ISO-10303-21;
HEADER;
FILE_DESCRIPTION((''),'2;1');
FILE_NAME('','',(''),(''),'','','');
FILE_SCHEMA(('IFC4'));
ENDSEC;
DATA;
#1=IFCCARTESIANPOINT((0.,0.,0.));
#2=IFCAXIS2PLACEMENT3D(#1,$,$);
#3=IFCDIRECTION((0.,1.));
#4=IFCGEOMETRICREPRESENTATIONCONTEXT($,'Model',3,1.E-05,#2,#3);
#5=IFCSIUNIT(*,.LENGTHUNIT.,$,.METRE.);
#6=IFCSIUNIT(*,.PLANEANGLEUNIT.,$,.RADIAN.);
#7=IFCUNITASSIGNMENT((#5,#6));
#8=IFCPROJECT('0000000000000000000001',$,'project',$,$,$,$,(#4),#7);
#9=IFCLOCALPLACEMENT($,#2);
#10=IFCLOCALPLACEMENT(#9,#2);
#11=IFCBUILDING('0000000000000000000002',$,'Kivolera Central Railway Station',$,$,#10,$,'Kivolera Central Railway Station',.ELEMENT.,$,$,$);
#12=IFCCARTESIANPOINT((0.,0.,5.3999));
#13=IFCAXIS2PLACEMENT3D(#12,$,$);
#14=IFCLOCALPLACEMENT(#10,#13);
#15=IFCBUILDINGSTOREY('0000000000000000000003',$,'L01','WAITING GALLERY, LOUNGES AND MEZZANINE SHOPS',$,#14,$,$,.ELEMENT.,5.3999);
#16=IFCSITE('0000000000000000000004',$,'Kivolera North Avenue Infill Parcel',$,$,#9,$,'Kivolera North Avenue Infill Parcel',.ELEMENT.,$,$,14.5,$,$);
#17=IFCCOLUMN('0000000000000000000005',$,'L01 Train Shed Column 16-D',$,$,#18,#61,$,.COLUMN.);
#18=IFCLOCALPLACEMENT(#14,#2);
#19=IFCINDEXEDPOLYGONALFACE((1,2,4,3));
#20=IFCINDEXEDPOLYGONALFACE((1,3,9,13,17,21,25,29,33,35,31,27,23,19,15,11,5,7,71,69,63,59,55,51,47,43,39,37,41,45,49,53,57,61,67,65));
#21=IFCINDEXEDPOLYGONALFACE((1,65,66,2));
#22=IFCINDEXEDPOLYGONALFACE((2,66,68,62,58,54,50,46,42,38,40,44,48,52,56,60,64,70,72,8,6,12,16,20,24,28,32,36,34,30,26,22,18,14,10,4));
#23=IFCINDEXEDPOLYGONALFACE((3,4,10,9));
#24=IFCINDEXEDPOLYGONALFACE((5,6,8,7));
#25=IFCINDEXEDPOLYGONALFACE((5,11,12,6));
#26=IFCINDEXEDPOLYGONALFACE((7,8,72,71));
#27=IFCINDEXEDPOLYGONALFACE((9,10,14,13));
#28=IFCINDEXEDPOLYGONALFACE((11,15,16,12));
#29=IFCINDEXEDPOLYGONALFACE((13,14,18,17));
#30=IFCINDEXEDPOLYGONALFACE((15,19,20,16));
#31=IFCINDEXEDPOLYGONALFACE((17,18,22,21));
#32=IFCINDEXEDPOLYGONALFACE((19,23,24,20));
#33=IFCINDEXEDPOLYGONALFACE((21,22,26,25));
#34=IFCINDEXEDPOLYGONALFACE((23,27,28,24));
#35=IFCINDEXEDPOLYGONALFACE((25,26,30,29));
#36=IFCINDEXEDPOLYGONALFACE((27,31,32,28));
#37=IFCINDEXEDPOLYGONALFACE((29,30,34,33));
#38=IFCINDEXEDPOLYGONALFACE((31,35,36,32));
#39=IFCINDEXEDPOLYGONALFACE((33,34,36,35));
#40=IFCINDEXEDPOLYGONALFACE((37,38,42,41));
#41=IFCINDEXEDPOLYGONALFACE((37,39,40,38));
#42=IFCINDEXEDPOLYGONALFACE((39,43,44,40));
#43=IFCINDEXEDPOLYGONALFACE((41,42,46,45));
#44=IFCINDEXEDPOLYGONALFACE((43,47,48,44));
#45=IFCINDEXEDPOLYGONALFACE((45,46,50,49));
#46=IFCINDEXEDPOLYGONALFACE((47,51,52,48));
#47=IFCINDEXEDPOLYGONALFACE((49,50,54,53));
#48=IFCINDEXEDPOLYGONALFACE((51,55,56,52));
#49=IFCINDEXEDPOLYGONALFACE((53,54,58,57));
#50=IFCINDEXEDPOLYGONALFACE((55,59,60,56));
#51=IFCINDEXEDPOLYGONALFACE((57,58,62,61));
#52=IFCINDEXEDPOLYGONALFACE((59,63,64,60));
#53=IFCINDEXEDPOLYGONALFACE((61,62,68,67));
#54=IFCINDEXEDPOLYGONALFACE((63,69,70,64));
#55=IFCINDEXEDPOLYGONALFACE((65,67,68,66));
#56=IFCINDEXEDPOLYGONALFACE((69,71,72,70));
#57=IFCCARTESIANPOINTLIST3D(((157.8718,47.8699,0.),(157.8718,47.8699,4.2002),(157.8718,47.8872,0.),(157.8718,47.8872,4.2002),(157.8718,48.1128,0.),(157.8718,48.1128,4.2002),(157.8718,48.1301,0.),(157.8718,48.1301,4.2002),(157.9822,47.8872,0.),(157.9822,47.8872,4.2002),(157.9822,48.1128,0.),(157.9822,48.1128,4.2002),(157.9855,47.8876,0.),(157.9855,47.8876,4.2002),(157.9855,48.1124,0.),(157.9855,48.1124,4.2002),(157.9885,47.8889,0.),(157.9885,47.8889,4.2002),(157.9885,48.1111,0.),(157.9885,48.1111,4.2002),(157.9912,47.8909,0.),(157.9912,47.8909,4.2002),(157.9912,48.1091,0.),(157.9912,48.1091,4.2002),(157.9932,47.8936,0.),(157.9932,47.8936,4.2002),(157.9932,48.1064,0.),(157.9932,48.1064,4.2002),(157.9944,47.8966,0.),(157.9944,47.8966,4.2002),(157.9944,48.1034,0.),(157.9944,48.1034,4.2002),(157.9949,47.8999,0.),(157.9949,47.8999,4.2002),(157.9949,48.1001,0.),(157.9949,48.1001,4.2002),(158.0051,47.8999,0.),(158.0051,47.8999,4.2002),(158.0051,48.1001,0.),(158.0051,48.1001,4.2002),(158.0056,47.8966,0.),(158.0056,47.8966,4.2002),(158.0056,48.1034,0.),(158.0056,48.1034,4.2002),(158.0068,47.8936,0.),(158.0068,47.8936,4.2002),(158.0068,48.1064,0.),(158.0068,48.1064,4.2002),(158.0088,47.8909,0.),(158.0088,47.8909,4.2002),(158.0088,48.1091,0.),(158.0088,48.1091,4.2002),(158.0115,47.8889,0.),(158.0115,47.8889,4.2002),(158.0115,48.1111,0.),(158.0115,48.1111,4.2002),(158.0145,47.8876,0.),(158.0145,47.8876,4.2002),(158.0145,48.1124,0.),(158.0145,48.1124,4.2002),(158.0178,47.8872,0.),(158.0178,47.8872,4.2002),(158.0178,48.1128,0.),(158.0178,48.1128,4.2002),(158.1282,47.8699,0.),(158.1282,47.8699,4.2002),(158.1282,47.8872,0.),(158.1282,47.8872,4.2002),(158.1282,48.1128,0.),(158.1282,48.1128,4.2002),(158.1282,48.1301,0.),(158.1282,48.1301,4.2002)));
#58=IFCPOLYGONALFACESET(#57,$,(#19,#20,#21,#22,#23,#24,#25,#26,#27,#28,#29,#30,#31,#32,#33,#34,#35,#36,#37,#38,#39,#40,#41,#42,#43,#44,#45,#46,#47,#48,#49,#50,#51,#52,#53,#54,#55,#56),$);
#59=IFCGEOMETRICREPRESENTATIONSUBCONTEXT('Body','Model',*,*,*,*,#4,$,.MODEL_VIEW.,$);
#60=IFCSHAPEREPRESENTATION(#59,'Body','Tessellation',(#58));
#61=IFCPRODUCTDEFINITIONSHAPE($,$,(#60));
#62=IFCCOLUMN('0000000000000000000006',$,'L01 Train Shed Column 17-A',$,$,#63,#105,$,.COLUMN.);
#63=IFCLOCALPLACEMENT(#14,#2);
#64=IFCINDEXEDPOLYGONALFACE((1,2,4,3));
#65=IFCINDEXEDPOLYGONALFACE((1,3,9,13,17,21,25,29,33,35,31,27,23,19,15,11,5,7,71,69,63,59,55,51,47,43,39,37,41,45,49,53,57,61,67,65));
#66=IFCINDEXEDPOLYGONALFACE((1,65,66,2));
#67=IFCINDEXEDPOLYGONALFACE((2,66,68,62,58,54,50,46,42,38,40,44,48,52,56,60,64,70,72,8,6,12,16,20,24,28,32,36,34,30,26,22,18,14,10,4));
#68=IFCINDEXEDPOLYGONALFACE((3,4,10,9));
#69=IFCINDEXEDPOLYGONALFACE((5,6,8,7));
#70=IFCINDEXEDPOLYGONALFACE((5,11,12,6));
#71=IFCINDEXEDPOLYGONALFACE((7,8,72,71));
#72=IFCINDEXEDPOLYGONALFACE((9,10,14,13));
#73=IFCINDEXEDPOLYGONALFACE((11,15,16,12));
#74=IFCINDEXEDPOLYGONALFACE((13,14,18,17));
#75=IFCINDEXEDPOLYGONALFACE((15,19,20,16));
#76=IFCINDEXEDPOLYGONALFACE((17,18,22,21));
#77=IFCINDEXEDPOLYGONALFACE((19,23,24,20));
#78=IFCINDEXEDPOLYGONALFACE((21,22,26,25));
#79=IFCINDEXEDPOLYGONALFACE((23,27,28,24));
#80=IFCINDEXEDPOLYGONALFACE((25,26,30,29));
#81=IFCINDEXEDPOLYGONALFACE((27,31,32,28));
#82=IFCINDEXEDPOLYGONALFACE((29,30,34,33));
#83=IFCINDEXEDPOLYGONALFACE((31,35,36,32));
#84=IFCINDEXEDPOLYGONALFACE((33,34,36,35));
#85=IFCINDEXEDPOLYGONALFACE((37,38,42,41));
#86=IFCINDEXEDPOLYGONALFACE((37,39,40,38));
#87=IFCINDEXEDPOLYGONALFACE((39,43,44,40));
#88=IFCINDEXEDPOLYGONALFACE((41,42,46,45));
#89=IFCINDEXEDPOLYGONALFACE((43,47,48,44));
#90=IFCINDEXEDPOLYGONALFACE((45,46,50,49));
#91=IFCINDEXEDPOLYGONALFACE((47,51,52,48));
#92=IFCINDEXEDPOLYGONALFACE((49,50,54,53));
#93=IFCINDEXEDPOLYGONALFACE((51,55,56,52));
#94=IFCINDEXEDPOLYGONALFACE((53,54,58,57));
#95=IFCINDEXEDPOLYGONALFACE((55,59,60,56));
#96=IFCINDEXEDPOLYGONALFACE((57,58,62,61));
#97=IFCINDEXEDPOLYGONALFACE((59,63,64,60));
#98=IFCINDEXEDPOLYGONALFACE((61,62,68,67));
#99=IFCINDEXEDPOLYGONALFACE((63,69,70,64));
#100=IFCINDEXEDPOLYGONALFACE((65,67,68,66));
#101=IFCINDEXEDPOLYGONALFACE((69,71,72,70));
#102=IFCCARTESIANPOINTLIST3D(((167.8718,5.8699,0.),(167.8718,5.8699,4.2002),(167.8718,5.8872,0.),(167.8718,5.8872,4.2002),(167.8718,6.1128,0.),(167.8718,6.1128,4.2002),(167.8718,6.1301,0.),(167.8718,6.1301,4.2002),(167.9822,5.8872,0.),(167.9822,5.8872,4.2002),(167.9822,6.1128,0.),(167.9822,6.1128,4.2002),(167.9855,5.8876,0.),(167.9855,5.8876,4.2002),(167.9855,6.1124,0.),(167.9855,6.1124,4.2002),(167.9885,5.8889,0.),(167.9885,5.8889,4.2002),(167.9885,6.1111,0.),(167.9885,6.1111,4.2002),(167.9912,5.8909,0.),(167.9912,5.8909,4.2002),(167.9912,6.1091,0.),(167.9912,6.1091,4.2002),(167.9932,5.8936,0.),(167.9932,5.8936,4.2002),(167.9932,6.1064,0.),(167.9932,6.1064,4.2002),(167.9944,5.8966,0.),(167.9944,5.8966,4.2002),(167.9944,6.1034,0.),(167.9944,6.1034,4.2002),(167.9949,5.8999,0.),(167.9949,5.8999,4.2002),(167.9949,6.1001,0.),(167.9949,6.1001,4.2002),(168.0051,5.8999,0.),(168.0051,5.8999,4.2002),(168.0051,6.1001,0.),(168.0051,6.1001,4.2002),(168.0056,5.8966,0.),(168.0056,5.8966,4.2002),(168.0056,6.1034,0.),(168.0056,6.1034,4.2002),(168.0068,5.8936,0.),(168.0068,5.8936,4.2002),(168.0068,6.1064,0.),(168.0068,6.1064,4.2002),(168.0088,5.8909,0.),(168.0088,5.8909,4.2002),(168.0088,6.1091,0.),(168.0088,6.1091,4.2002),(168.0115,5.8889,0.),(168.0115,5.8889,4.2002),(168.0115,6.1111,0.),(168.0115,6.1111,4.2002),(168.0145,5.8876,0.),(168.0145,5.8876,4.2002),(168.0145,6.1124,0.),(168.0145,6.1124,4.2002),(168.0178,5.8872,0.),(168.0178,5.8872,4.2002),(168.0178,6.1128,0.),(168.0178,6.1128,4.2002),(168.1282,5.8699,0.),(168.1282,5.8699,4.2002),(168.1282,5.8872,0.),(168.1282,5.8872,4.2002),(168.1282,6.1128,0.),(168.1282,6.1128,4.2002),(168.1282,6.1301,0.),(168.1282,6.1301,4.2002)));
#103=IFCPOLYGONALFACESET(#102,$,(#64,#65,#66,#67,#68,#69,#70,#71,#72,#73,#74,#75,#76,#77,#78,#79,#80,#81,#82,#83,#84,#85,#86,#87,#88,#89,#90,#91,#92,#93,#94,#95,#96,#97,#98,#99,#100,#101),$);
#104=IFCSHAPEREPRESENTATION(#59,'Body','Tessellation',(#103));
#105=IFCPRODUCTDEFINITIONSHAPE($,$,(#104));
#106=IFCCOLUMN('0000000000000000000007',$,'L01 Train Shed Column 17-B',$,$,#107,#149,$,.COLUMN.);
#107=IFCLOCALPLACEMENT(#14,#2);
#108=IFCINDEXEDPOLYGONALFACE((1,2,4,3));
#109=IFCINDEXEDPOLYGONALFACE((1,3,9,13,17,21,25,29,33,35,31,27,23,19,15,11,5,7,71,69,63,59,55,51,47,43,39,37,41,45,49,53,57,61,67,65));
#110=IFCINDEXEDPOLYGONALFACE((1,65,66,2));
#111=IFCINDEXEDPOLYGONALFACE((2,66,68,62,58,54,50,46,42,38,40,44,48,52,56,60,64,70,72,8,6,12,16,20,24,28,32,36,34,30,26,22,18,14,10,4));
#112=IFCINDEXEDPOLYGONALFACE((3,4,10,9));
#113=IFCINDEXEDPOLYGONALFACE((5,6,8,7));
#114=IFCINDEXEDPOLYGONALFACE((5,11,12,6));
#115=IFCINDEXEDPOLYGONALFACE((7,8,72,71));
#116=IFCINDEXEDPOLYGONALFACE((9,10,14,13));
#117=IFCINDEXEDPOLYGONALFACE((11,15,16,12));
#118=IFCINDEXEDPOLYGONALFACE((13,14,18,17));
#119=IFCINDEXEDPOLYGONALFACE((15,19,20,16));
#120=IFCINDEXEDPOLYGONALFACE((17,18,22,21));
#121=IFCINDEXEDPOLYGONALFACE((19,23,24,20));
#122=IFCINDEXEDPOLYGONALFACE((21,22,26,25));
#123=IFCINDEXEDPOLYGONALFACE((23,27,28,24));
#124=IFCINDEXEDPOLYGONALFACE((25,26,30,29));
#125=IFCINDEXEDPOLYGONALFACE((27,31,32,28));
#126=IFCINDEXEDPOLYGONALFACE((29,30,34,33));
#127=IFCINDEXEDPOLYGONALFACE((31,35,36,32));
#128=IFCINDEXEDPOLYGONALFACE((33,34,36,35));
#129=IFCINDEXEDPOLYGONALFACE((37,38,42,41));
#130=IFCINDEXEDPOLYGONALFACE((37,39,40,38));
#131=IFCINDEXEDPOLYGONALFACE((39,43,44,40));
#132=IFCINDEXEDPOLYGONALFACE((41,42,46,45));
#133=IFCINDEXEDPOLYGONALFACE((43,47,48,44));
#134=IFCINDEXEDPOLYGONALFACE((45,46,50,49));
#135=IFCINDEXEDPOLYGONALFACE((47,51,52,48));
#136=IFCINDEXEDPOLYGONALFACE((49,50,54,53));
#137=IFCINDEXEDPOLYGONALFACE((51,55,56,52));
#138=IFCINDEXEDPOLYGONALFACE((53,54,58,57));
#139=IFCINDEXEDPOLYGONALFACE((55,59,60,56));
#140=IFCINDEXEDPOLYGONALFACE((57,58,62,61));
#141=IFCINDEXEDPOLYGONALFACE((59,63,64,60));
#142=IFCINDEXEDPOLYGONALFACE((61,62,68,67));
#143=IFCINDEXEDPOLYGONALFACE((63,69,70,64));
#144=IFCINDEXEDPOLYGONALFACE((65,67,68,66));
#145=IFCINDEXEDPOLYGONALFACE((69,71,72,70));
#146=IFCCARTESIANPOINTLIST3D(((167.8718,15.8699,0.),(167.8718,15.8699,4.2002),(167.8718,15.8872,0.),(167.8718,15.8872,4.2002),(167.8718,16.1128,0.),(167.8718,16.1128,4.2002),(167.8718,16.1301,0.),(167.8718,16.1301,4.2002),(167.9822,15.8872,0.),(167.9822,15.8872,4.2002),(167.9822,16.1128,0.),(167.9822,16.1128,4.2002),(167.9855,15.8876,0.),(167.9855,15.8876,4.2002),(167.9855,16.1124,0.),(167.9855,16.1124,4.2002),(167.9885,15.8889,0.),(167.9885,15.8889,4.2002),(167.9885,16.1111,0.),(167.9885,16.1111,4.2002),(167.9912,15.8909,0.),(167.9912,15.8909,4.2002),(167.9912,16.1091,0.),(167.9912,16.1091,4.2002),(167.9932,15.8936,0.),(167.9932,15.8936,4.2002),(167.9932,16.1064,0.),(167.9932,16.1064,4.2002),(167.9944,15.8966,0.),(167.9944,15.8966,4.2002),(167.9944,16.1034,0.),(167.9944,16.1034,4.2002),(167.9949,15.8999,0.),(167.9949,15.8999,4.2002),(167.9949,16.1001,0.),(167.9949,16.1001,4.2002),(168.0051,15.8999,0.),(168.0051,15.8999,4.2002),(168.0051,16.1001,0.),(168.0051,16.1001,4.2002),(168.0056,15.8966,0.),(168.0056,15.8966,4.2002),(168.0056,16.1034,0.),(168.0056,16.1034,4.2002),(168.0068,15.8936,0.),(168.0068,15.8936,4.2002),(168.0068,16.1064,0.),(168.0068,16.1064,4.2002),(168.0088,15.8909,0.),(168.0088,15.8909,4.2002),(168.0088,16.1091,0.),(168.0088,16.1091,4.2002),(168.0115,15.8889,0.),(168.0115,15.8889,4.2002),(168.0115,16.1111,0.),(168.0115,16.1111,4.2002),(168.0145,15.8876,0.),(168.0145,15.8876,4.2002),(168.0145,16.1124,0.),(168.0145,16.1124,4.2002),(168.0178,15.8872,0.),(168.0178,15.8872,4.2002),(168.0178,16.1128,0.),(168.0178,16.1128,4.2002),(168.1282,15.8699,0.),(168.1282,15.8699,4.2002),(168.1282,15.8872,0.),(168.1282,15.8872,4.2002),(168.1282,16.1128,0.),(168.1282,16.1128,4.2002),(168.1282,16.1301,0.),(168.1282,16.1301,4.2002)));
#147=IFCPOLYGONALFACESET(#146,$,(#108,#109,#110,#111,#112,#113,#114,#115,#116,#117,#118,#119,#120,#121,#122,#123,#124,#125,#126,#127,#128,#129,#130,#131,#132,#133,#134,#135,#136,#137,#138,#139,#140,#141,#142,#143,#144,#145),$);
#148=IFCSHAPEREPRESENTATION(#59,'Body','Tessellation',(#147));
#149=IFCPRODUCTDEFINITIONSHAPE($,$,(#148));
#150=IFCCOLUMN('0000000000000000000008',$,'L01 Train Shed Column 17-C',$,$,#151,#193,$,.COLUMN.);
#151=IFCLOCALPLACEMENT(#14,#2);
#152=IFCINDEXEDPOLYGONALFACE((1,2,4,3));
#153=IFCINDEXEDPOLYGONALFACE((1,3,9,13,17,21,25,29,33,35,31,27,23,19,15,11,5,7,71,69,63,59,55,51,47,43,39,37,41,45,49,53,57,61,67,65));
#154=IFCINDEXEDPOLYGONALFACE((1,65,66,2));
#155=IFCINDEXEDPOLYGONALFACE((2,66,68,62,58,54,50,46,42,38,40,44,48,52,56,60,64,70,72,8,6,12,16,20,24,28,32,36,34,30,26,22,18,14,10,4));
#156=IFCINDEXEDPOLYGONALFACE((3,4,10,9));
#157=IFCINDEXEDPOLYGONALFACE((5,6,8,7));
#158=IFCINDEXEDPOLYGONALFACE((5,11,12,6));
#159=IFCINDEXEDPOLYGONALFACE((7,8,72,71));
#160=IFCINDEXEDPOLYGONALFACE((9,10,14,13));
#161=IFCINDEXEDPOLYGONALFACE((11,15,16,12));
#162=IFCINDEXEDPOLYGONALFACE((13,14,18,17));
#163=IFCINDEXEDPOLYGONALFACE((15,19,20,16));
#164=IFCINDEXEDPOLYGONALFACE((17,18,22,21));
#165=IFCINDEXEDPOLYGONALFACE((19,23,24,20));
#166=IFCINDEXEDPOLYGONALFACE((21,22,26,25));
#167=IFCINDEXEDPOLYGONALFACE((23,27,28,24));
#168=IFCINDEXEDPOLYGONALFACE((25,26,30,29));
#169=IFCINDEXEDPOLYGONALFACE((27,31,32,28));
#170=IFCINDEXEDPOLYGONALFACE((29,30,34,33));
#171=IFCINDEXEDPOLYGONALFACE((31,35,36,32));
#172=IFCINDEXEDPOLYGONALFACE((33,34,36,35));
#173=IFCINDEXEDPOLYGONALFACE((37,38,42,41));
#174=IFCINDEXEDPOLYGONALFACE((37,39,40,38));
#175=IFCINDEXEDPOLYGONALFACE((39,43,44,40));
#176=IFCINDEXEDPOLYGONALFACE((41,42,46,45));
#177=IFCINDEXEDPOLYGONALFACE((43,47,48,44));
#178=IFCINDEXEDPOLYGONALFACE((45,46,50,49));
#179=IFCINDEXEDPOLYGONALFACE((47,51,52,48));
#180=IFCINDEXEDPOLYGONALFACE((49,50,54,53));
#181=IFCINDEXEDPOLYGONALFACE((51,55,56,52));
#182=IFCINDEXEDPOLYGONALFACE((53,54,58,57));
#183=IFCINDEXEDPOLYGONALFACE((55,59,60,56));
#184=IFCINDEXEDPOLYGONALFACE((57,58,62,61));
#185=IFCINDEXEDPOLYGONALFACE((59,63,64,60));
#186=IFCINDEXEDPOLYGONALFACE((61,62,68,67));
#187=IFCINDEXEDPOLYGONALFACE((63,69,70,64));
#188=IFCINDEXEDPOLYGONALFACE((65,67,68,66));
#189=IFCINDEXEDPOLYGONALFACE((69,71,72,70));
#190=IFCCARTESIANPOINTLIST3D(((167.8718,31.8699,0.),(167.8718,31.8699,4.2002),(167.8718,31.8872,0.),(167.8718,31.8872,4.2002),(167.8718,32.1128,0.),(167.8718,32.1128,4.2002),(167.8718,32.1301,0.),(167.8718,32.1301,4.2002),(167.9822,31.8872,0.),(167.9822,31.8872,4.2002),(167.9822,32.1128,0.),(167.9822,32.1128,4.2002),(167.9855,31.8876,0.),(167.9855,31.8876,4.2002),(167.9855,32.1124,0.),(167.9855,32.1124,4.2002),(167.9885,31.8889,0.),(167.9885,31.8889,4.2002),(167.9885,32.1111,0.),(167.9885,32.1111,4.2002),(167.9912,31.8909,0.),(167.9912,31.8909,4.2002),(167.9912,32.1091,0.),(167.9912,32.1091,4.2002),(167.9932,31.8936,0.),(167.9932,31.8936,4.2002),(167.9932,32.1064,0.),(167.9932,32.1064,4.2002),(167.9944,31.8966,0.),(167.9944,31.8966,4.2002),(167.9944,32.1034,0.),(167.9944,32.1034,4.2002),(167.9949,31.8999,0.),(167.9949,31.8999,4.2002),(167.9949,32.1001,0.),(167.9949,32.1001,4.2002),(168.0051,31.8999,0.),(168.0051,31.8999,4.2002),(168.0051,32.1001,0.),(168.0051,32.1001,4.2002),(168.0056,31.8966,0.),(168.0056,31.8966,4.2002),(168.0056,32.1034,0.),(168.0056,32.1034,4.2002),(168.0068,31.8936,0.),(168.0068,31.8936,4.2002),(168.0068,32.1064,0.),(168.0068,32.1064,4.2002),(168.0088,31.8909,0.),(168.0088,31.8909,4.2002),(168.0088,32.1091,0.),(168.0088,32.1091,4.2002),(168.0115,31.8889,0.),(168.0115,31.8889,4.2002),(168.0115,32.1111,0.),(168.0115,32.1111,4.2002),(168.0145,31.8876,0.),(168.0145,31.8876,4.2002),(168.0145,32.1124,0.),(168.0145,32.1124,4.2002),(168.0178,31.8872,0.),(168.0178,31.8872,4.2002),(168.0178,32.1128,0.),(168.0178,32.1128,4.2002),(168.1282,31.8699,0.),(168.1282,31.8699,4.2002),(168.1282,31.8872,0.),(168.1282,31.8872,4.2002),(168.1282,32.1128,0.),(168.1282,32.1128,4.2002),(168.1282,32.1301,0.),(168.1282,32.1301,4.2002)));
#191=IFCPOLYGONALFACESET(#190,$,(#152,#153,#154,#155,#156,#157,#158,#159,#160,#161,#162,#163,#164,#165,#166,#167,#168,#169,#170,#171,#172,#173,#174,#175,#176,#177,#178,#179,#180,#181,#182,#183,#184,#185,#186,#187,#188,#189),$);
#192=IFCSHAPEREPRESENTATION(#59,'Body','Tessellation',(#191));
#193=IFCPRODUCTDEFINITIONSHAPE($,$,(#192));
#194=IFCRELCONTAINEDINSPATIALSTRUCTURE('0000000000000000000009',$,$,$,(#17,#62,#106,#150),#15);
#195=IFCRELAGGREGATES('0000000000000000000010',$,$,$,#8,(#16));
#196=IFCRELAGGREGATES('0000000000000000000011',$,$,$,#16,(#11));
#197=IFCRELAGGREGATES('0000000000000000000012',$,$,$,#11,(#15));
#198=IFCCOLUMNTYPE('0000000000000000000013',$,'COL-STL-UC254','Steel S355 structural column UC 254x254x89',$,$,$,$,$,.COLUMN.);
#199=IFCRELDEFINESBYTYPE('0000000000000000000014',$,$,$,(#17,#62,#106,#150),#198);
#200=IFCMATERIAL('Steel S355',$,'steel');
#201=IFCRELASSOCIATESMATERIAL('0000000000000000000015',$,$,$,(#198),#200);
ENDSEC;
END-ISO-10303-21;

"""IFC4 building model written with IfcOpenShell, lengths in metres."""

from ifc_helpers import new_model, si_unit, direction, frame, origin, origin_2d, place, context, subcontext, project, spatial, i_section, extrude, material, material_profile, profile_set, type_object, element, save


model = new_model("IFC4")

# Units and contexts
model_context = context("Model", 3, precision=1e-05, world=origin(), true_north=direction((0.0, 1.0)))
body_context = subcontext(model_context, "Body", "Model", "MODEL_VIEW")
ifc_project = project(units=[si_unit("LENGTHUNIT", "METRE"), si_unit("PLANEANGLEUNIT", "RADIAN")], contexts=[model_context])

# Site, building, storey
site_placement = place(None, origin())
site = spatial("IfcSite", under=ifc_project, at=site_placement, Name="Kivolera North Avenue Infill Parcel", LongName="Kivolera North Avenue Infill Parcel", CompositionType="ELEMENT", RefElevation=14.5)
building_placement = place(site_placement, origin())
building = spatial("IfcBuilding", under=site, at=building_placement, Name="Kivolera Central Railway Station", LongName="Kivolera Central Railway Station", CompositionType="ELEMENT")
storey_placement = place(building_placement, frame((0.0, 0.0, 5.3999)))
storey = spatial("IfcBuildingStorey", under=building, at=storey_placement, Name="L01", Description="WAITING GALLERY, LOUNGES AND MEZZANINE SHOPS", CompositionType="ELEMENT", Elevation=5.3999)

# Columns
ifc_material_1 = material(Name="Steel S355", Category="steel")
ifc_material_profile_1 = material_profile(ifc_material_1, i_section(OverallWidth=0.2563, OverallDepth=0.2603, WebThickness=0.0103, FlangeThickness=0.0173, FilletRadius=0.0127, at=origin_2d()), Name="UC 254x254x89")
ifc_profile_set_1 = profile_set([ifc_material_profile_1], Name="Steel S355")
column_type_1 = type_object("IfcColumnType", Name="COL-STL-UC254", Description="Steel S355 structural column UC 254x254x89", PredefinedType="COLUMN", material=ifc_profile_set_1)
for number, where, z_axis, x_axis, name in (
    (1, (158.0, 48.0, 0.0), (0.0, 0.0, 1.0), (1.0, 0.0, 0.0), "L01 Train Shed Column 16-D"),
    (2, (168.0, 6.0, 0.0), (0.0, 0.0, 1.0), (1.0, 0.0, 0.0), "L01 Train Shed Column 17-A"),
    (3, (168.0, 16.0, 0.0), (0.0, 0.0, 1.0), (1.0, 0.0, 0.0), "L01 Train Shed Column 17-B"),
    (4, (168.0, 32.0, 0.0), (0.0, 0.0, 1.0), (1.0, 0.0, 0.0), "L01 Train Shed Column 17-C"),
):
    element("IfcColumn", number, at=place(storey_placement, frame(where, z_axis=z_axis, x_axis=x_axis)), inside=storey, type_object=column_type_1, Name=name, PredefinedType="COLUMN", context=body_context, shape_type="SweptSolid", body=[
        extrude(i_section(OverallWidth=0.2563, OverallDepth=0.2603, WebThickness=0.0103, FlangeThickness=0.0173, FilletRadius=0.0127, at=origin_2d()), origin(), (0.0, 0.0, 1.0), 4.2002),
    ])

save(model, "model.ifc")
